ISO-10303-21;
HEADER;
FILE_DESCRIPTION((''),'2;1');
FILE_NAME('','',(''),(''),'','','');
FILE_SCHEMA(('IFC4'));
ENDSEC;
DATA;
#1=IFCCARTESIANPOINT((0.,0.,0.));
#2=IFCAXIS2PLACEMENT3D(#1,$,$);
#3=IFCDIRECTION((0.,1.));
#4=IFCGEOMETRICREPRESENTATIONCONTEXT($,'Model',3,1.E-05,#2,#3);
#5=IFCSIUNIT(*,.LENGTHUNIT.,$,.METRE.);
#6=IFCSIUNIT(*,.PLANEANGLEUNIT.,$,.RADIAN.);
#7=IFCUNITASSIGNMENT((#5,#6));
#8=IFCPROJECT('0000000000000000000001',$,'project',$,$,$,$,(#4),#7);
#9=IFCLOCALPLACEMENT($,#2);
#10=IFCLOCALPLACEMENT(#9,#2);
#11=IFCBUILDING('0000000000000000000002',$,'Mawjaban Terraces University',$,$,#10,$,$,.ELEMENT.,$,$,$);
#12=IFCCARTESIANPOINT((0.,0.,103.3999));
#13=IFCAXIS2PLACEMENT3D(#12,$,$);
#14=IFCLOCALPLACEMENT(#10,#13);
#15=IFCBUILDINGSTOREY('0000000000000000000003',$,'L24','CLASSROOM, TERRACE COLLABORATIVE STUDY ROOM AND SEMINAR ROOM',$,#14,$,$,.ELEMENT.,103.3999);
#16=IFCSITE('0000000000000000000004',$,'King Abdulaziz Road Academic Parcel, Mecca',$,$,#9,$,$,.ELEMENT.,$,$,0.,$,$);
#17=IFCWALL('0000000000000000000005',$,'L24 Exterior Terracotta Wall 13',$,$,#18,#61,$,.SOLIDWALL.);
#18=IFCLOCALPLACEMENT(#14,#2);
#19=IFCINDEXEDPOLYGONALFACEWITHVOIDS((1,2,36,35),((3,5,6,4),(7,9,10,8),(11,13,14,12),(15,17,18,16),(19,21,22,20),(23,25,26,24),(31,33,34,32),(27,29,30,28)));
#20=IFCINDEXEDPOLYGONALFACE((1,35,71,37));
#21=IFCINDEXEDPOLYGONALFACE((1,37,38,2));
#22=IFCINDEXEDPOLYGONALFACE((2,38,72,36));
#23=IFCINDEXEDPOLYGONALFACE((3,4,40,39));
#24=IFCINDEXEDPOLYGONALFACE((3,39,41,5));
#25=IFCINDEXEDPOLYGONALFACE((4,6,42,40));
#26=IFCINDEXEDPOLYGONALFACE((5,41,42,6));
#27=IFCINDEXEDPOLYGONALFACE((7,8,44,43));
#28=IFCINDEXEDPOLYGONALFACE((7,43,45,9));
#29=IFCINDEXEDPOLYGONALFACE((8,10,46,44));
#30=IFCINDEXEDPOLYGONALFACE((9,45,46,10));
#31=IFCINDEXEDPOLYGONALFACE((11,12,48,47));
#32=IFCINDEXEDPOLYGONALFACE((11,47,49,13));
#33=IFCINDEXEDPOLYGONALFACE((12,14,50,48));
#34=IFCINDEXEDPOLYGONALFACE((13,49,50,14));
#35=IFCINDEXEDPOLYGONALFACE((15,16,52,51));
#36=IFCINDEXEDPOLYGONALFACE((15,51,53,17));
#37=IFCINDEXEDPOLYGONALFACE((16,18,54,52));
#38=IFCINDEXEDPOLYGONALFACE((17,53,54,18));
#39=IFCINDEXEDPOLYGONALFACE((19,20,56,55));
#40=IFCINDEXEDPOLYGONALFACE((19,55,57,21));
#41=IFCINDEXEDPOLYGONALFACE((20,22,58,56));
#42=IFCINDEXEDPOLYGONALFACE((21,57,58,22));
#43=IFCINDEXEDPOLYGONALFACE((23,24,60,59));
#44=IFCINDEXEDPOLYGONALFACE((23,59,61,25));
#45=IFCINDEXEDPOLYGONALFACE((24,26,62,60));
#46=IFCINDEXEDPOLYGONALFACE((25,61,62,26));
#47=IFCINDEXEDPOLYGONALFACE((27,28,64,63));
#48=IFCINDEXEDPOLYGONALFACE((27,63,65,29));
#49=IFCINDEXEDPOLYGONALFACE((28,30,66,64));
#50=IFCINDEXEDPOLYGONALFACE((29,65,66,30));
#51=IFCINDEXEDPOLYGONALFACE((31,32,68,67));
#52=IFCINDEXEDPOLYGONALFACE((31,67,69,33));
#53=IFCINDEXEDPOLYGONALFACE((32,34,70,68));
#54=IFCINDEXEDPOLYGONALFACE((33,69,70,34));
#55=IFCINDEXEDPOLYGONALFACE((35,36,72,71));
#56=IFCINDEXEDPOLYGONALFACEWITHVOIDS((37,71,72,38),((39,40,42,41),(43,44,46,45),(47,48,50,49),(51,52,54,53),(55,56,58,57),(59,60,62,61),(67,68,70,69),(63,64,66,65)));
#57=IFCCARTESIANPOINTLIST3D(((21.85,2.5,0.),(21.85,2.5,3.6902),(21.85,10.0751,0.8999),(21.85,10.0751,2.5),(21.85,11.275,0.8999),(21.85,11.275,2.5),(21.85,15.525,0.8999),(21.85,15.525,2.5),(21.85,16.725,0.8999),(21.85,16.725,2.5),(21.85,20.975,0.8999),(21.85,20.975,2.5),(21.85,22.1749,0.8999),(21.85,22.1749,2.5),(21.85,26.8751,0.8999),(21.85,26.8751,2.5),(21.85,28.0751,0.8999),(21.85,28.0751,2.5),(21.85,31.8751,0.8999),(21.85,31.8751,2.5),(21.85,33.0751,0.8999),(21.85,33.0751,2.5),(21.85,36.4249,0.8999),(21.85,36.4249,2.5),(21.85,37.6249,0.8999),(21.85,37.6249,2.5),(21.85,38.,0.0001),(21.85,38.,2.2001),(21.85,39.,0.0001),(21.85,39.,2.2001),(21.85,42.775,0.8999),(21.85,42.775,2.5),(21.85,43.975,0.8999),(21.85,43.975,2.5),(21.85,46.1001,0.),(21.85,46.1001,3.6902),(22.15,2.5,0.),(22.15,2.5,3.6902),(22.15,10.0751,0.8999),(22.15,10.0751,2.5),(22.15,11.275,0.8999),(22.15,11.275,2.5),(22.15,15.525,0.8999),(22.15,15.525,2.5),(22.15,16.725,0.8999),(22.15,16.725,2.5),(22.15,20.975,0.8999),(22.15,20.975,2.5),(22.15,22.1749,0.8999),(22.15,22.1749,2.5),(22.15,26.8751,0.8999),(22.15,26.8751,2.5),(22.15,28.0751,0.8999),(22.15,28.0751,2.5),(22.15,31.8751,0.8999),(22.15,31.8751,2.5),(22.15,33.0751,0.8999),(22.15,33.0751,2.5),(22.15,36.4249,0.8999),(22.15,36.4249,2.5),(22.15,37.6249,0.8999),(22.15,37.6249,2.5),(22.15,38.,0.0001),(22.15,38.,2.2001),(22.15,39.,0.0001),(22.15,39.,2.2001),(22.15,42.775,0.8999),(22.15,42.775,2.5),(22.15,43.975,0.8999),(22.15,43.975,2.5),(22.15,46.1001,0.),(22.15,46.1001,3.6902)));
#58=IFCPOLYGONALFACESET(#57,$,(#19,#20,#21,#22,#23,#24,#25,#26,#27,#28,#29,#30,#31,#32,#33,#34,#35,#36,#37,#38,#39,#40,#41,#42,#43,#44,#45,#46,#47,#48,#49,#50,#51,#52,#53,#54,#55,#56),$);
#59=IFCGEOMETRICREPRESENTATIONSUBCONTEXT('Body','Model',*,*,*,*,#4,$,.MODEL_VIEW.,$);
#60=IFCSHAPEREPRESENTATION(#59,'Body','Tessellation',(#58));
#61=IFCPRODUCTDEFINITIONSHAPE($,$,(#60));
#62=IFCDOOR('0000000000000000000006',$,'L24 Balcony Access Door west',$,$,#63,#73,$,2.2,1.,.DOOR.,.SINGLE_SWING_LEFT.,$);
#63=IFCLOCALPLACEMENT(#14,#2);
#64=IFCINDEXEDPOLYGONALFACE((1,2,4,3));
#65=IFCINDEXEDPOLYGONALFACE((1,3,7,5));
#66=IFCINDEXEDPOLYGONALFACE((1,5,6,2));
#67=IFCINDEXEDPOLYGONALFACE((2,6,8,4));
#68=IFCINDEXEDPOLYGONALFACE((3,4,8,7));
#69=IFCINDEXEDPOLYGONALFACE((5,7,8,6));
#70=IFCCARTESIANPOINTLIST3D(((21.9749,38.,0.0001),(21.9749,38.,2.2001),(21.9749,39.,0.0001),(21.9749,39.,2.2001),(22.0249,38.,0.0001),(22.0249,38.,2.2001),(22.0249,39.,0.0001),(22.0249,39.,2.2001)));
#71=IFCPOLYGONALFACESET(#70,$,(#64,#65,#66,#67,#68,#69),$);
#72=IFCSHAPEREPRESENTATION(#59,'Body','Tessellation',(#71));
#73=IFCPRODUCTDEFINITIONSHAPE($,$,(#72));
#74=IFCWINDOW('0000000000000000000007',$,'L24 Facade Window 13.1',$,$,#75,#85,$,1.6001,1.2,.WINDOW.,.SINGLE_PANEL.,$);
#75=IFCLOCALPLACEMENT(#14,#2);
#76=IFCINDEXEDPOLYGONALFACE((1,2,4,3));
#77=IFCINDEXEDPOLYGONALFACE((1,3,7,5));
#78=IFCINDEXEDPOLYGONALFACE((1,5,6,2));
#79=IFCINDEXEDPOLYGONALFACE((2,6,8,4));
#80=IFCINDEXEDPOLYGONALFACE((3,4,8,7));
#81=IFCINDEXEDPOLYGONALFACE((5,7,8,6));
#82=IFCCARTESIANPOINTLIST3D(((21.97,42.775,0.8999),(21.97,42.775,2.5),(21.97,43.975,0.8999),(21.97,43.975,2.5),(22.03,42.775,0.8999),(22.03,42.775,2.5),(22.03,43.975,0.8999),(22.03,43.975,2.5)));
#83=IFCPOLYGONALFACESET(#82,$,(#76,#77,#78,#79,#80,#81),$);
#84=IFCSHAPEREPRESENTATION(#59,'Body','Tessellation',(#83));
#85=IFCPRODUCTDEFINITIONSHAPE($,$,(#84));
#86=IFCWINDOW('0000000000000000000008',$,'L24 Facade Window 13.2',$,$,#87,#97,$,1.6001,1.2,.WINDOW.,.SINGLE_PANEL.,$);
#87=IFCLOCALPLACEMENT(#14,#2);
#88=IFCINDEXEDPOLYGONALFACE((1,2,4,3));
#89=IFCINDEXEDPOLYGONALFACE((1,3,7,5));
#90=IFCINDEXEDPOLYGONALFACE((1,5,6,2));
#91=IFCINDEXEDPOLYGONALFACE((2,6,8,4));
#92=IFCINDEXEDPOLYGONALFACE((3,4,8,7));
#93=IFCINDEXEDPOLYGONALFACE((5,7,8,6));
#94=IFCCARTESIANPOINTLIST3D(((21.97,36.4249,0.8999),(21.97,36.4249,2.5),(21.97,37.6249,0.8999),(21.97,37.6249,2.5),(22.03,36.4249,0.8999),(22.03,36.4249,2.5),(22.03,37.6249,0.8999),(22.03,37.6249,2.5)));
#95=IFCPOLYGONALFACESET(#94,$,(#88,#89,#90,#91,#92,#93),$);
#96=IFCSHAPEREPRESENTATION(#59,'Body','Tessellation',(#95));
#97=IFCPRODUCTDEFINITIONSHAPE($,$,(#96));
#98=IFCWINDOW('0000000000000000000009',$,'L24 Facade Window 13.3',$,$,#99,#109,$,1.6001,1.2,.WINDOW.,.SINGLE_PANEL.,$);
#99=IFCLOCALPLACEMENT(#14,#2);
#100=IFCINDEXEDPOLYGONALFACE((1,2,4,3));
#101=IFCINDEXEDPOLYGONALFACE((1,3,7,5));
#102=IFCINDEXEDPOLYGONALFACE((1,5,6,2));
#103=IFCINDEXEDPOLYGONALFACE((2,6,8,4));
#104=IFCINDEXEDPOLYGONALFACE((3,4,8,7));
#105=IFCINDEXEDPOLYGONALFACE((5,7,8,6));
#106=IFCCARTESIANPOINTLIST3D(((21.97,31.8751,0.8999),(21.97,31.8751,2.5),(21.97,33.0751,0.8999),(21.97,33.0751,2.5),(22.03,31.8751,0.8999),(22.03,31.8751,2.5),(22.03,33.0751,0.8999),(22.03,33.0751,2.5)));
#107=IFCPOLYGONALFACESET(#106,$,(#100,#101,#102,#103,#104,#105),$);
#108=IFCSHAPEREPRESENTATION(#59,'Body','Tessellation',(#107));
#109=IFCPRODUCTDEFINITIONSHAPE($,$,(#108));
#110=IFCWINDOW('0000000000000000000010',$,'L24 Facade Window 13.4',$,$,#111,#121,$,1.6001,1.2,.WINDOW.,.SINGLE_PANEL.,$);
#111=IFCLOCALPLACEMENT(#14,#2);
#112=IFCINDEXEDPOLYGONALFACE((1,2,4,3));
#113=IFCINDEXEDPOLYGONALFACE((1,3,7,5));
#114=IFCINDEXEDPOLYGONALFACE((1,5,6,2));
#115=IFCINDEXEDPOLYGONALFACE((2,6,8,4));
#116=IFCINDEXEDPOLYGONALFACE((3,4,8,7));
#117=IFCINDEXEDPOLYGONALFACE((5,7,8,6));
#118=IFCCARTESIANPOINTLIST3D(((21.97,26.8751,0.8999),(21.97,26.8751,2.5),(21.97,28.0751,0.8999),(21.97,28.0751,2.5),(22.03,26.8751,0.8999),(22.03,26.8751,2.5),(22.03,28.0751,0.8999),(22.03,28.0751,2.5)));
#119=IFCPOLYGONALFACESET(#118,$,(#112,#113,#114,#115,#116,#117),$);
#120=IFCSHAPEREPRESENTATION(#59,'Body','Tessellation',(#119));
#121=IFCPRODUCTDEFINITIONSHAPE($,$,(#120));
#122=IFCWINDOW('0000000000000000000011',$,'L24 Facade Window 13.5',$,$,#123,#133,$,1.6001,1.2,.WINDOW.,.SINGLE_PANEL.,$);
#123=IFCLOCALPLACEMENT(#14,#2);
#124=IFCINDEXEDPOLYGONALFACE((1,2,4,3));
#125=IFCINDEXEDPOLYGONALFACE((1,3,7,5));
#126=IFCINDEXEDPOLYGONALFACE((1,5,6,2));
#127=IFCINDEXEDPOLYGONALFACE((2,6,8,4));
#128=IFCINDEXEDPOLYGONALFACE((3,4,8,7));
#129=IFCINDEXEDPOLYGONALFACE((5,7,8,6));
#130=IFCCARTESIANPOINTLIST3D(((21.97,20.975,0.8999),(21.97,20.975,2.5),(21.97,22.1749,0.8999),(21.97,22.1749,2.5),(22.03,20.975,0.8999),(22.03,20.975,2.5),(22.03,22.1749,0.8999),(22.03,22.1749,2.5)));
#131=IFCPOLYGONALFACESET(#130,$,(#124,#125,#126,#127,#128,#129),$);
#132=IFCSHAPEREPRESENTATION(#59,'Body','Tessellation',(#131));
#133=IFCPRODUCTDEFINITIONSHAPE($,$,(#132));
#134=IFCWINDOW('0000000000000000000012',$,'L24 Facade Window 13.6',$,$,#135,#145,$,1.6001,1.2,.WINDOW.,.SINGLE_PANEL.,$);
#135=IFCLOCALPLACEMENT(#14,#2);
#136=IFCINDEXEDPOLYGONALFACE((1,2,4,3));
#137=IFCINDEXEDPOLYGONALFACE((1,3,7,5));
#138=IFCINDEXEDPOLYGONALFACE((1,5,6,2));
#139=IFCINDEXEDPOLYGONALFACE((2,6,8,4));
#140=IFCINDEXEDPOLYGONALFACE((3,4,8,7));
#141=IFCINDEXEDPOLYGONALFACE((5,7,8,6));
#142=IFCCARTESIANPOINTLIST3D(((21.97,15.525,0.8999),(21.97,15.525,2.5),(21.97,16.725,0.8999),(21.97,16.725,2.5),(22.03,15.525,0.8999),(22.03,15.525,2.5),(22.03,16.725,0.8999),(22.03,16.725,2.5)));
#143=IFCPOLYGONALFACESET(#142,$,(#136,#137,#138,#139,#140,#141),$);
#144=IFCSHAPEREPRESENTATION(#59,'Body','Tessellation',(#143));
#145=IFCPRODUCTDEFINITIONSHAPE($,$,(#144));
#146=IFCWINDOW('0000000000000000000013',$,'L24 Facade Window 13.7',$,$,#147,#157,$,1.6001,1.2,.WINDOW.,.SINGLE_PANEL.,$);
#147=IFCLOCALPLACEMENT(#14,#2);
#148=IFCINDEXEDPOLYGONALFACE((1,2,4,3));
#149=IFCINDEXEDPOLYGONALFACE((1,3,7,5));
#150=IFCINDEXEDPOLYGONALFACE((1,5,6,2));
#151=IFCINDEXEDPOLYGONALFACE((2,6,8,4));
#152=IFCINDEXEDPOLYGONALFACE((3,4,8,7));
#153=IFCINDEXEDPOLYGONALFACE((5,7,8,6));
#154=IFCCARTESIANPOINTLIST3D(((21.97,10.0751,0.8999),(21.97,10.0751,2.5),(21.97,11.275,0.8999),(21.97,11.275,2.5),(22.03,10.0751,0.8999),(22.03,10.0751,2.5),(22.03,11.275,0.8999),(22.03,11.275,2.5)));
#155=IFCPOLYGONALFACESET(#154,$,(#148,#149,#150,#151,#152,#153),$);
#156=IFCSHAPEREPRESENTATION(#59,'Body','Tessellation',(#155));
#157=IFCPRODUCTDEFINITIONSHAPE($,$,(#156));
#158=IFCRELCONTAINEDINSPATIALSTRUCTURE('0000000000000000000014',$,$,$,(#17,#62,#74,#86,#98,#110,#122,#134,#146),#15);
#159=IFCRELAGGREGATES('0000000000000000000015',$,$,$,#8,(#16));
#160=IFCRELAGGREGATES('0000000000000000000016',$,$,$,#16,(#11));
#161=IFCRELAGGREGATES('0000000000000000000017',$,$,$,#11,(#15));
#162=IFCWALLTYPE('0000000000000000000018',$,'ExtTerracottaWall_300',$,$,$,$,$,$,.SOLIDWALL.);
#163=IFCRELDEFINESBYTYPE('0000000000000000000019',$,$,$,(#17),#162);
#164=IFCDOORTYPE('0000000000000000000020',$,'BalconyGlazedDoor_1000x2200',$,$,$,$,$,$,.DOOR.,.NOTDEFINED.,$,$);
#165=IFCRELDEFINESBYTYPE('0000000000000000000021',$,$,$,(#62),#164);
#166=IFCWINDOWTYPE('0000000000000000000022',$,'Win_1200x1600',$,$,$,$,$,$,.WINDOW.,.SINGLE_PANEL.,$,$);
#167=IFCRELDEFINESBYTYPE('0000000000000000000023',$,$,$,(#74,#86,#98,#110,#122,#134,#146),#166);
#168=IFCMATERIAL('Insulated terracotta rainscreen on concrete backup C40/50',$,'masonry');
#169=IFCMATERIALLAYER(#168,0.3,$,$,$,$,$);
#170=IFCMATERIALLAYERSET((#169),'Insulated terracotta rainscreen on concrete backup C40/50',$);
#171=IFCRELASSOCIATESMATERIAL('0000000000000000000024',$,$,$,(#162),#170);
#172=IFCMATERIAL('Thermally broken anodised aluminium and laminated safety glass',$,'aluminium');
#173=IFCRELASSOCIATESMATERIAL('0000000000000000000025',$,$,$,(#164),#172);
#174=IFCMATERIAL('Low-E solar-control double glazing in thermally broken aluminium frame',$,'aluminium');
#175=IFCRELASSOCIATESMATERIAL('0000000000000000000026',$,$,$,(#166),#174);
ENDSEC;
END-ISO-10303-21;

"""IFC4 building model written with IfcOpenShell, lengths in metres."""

from ifc_helpers import new_model, si_unit, direction, frame, frame_2d, origin, place, context, subcontext, project, spatial, rectangle, extrude, material, layer, layer_set, type_object, element, fill, save


model = new_model("IFC4")

# Units and contexts
model_context = context("Model", 3, precision=1e-05, world=origin(), true_north=direction((0.0, 1.0)))
body_context = subcontext(model_context, "Body", "Model", "MODEL_VIEW")
ifc_project = project(units=[si_unit("LENGTHUNIT", "METRE"), si_unit("PLANEANGLEUNIT", "RADIAN")], contexts=[model_context])

# Site, building, storey
site_placement = place(None, origin())
site = spatial("IfcSite", under=ifc_project, at=site_placement, Name="King Abdulaziz Road Academic Parcel, Mecca", CompositionType="ELEMENT", RefElevation=0.0)
building_placement = place(site_placement, origin())
building = spatial("IfcBuilding", under=site, at=building_placement, Name="Mawjaban Terraces University", CompositionType="ELEMENT")
storey_placement = place(building_placement, frame((0.0, 0.0, 103.3999)))
storey = spatial("IfcBuildingStorey", under=building, at=storey_placement, Name="L24", Description="CLASSROOM, TERRACE COLLABORATIVE STUDY ROOM AND SEMINAR ROOM", CompositionType="ELEMENT", Elevation=103.3999)

# Wall, openings, door, windows
ifc_material_1 = material(Name="Insulated terracotta rainscreen on concrete backup C40/50", Category="masonry")
ifc_layer_1 = layer(ifc_material_1, 0.3)
ifc_layer_set_1 = layer_set([ifc_layer_1], Name="Insulated terracotta rainscreen on concrete backup C40/50")
wall_type = type_object("IfcWallType", Name="ExtTerracottaWall_300", PredefinedType="SOLIDWALL", material=ifc_layer_set_1)
wall_placement = place(storey_placement, frame((22.0, 46.1001, 0.0), z_axis=(0.0, 0.0, 1.0), x_axis=(0.0, -1.0, 0.0)))
wall = element("IfcWall", 1, at=wall_placement, inside=storey, type_object=wall_type, Name="L24 Exterior Terracotta Wall 13", PredefinedType="SOLIDWALL", context=body_context, shape_type="SweptSolid", body=[
    extrude(rectangle(XDim=43.6001, YDim=0.3, at=frame_2d((21.8, 0.0))), origin(), (0.0, 0.0, 1.0), 3.6902),
])
opening_1_placement = place(wall_placement, frame((7.1001, 0.0, 0.0)))
opening_1 = element("IfcOpeningElement", 2, at=opening_1_placement, cuts=wall, PredefinedType="OPENING", context=body_context, shape_type="SweptSolid", body=[
    extrude(rectangle(XDim=1.0, YDim=2.2, at=frame_2d((0.5, 1.1001))), frame((0.0, 0.1599, 0.0), z_axis=(0.0, -1.0, 0.0), x_axis=(1.0, 0.0, 0.0)), (0.0, 0.0, 1.0), 0.3201),
])
opening_2_placement = place(wall_placement, frame((2.125, 0.0, 0.8999)))
opening_2 = element("IfcOpeningElement", 3, at=opening_2_placement, cuts=wall, PredefinedType="OPENING", context=body_context, shape_type="SweptSolid", body=[
    extrude(rectangle(XDim=1.2, YDim=1.6001, at=frame_2d((0.6001, 0.8))), frame((0.0, 0.1599, 0.0), z_axis=(0.0, -1.0, 0.0), x_axis=(1.0, 0.0, 0.0)), (0.0, 0.0, 1.0), 0.3201),
])
opening_3_placement = place(wall_placement, frame((8.4751, 0.0, 0.8999)))
opening_3 = element("IfcOpeningElement", 4, at=opening_3_placement, cuts=wall, PredefinedType="OPENING", context=body_context, shape_type="SweptSolid", body=[
    extrude(rectangle(XDim=1.2, YDim=1.6001, at=frame_2d((0.6001, 0.8))), frame((0.0, 0.1599, 0.0), z_axis=(0.0, -1.0, 0.0), x_axis=(1.0, 0.0, 0.0)), (0.0, 0.0, 1.0), 0.3201),
])
opening_4_placement = place(wall_placement, frame((13.0249, 0.0, 0.8999)))
opening_4 = element("IfcOpeningElement", 5, at=opening_4_placement, cuts=wall, PredefinedType="OPENING", context=body_context, shape_type="SweptSolid", body=[
    extrude(rectangle(XDim=1.2, YDim=1.6001, at=frame_2d((0.6001, 0.8))), frame((0.0, 0.1599, 0.0), z_axis=(0.0, -1.0, 0.0), x_axis=(1.0, 0.0, 0.0)), (0.0, 0.0, 1.0), 0.3201),
])
opening_5_placement = place(wall_placement, frame((18.0249, 0.0, 0.8999)))
opening_5 = element("IfcOpeningElement", 6, at=opening_5_placement, cuts=wall, PredefinedType="OPENING", context=body_context, shape_type="SweptSolid", body=[
    extrude(rectangle(XDim=1.2, YDim=1.6001, at=frame_2d((0.6001, 0.8))), frame((0.0, 0.1599, 0.0), z_axis=(0.0, -1.0, 0.0), x_axis=(1.0, 0.0, 0.0)), (0.0, 0.0, 1.0), 0.3201),
])
opening_6_placement = place(wall_placement, frame((23.925, 0.0, 0.8999)))
opening_6 = element("IfcOpeningElement", 7, at=opening_6_placement, cuts=wall, PredefinedType="OPENING", context=body_context, shape_type="SweptSolid", body=[
    extrude(rectangle(XDim=1.2, YDim=1.6001, at=frame_2d((0.6001, 0.8))), frame((0.0, 0.1599, 0.0), z_axis=(0.0, -1.0, 0.0), x_axis=(1.0, 0.0, 0.0)), (0.0, 0.0, 1.0), 0.3201),
])
opening_7_placement = place(wall_placement, frame((29.375, 0.0, 0.8999)))
opening_7 = element("IfcOpeningElement", 8, at=opening_7_placement, cuts=wall, PredefinedType="OPENING", context=body_context, shape_type="SweptSolid", body=[
    extrude(rectangle(XDim=1.2, YDim=1.6001, at=frame_2d((0.6001, 0.8))), frame((0.0, 0.1599, 0.0), z_axis=(0.0, -1.0, 0.0), x_axis=(1.0, 0.0, 0.0)), (0.0, 0.0, 1.0), 0.3201),
])
opening_8_placement = place(wall_placement, frame((34.825, 0.0, 0.8999)))
opening_8 = element("IfcOpeningElement", 9, at=opening_8_placement, cuts=wall, PredefinedType="OPENING", context=body_context, shape_type="SweptSolid", body=[
    extrude(rectangle(XDim=1.2, YDim=1.6001, at=frame_2d((0.6001, 0.8))), frame((0.0, 0.1599, 0.0), z_axis=(0.0, -1.0, 0.0), x_axis=(1.0, 0.0, 0.0)), (0.0, 0.0, 1.0), 0.3201),
])
ifc_material_2 = material(Name="Thermally broken anodised aluminium and laminated safety glass", Category="aluminium")
door_type = type_object("IfcDoorType", Name="BalconyGlazedDoor_1000x2200", OperationType="NOTDEFINED", PredefinedType="DOOR", material=ifc_material_2)
door_placement = place(opening_1_placement, origin())
door = element("IfcDoor", 10, at=door_placement, inside=storey, type_object=door_type, Name="L24 Balcony Access Door west", OperationType="SINGLE_SWING_LEFT", OverallHeight=2.2, OverallWidth=1.0, PredefinedType="DOOR", context=body_context, shape_type="SweptSolid", body=[
    extrude(rectangle(XDim=1.0, YDim=2.2, at=frame_2d((0.5, 1.1001))), frame((0.0, 0.0249, 0.0), z_axis=(0.0, -1.0, 0.0), x_axis=(1.0, 0.0, 0.0)), (0.0, 0.0, 1.0), 0.05),
])
fill(opening_1, door)
ifc_material_3 = material(Name="Low-E solar-control double glazing in thermally broken aluminium frame", Category="aluminium")
window_type = type_object("IfcWindowType", Name="Win_1200x1600", PartitioningType="SINGLE_PANEL", PredefinedType="WINDOW", material=ifc_material_3)
window_1_placement = place(opening_2_placement, origin())
window_1 = element("IfcWindow", 11, at=window_1_placement, inside=storey, type_object=window_type, Name="L24 Facade Window 13.1", OverallHeight=1.6001, OverallWidth=1.2, PartitioningType="SINGLE_PANEL", PredefinedType="WINDOW", context=body_context, shape_type="SweptSolid", body=[
    extrude(rectangle(XDim=1.2, YDim=1.6001, at=frame_2d((0.6001, 0.8))), frame((0.0, 0.03, 0.0), z_axis=(0.0, -1.0, 0.0), x_axis=(1.0, 0.0, 0.0)), (0.0, 0.0, 1.0), 0.0601),
])
fill(opening_2, window_1)
window_2_placement = place(opening_3_placement, origin())
window_2 = element("IfcWindow", 12, at=window_2_placement, inside=storey, type_object=window_type, Name="L24 Facade Window 13.2", OverallHeight=1.6001, OverallWidth=1.2, PartitioningType="SINGLE_PANEL", PredefinedType="WINDOW", context=body_context, shape_type="SweptSolid", body=[
    extrude(rectangle(XDim=1.2, YDim=1.6001, at=frame_2d((0.6001, 0.8))), frame((0.0, 0.03, 0.0), z_axis=(0.0, -1.0, 0.0), x_axis=(1.0, 0.0, 0.0)), (0.0, 0.0, 1.0), 0.0601),
])
fill(opening_3, window_2)
window_3_placement = place(opening_4_placement, origin())
window_3 = element("IfcWindow", 13, at=window_3_placement, inside=storey, type_object=window_type, Name="L24 Facade Window 13.3", OverallHeight=1.6001, OverallWidth=1.2, PartitioningType="SINGLE_PANEL", PredefinedType="WINDOW", context=body_context, shape_type="SweptSolid", body=[
    extrude(rectangle(XDim=1.2, YDim=1.6001, at=frame_2d((0.6001, 0.8))), frame((0.0, 0.03, 0.0), z_axis=(0.0, -1.0, 0.0), x_axis=(1.0, 0.0, 0.0)), (0.0, 0.0, 1.0), 0.0601),
])
fill(opening_4, window_3)
window_4_placement = place(opening_5_placement, origin())
window_4 = element("IfcWindow", 14, at=window_4_placement, inside=storey, type_object=window_type, Name="L24 Facade Window 13.4", OverallHeight=1.6001, OverallWidth=1.2, PartitioningType="SINGLE_PANEL", PredefinedType="WINDOW", context=body_context, shape_type="SweptSolid", body=[
    extrude(rectangle(XDim=1.2, YDim=1.6001, at=frame_2d((0.6001, 0.8))), frame((0.0, 0.03, 0.0), z_axis=(0.0, -1.0, 0.0), x_axis=(1.0, 0.0, 0.0)), (0.0, 0.0, 1.0), 0.0601),
])
fill(opening_5, window_4)
window_5_placement = place(opening_6_placement, origin())
window_5 = element("IfcWindow", 15, at=window_5_placement, inside=storey, type_object=window_type, Name="L24 Facade Window 13.5", OverallHeight=1.6001, OverallWidth=1.2, PartitioningType="SINGLE_PANEL", PredefinedType="WINDOW", context=body_context, shape_type="SweptSolid", body=[
    extrude(rectangle(XDim=1.2, YDim=1.6001, at=frame_2d((0.6001, 0.8))), frame((0.0, 0.03, 0.0), z_axis=(0.0, -1.0, 0.0), x_axis=(1.0, 0.0, 0.0)), (0.0, 0.0, 1.0), 0.0601),
])
fill(opening_6, window_5)
window_6_placement = place(opening_7_placement, origin())
window_6 = element("IfcWindow", 16, at=window_6_placement, inside=storey, type_object=window_type, Name="L24 Facade Window 13.6", OverallHeight=1.6001, OverallWidth=1.2, PartitioningType="SINGLE_PANEL", PredefinedType="WINDOW", context=body_context, shape_type="SweptSolid", body=[
    extrude(rectangle(XDim=1.2, YDim=1.6001, at=frame_2d((0.6001, 0.8))), frame((0.0, 0.03, 0.0), z_axis=(0.0, -1.0, 0.0), x_axis=(1.0, 0.0, 0.0)), (0.0, 0.0, 1.0), 0.0601),
])
fill(opening_7, window_6)
window_7_placement = place(opening_8_placement, origin())
window_7 = element("IfcWindow", 17, at=window_7_placement, inside=storey, type_object=window_type, Name="L24 Facade Window 13.7", OverallHeight=1.6001, OverallWidth=1.2, PartitioningType="SINGLE_PANEL", PredefinedType="WINDOW", context=body_context, shape_type="SweptSolid", body=[
    extrude(rectangle(XDim=1.2, YDim=1.6001, at=frame_2d((0.6001, 0.8))), frame((0.0, 0.03, 0.0), z_axis=(0.0, -1.0, 0.0), x_axis=(1.0, 0.0, 0.0)), (0.0, 0.0, 1.0), 0.0601),
])
fill(opening_8, window_7)

save(model, "model.ifc")
